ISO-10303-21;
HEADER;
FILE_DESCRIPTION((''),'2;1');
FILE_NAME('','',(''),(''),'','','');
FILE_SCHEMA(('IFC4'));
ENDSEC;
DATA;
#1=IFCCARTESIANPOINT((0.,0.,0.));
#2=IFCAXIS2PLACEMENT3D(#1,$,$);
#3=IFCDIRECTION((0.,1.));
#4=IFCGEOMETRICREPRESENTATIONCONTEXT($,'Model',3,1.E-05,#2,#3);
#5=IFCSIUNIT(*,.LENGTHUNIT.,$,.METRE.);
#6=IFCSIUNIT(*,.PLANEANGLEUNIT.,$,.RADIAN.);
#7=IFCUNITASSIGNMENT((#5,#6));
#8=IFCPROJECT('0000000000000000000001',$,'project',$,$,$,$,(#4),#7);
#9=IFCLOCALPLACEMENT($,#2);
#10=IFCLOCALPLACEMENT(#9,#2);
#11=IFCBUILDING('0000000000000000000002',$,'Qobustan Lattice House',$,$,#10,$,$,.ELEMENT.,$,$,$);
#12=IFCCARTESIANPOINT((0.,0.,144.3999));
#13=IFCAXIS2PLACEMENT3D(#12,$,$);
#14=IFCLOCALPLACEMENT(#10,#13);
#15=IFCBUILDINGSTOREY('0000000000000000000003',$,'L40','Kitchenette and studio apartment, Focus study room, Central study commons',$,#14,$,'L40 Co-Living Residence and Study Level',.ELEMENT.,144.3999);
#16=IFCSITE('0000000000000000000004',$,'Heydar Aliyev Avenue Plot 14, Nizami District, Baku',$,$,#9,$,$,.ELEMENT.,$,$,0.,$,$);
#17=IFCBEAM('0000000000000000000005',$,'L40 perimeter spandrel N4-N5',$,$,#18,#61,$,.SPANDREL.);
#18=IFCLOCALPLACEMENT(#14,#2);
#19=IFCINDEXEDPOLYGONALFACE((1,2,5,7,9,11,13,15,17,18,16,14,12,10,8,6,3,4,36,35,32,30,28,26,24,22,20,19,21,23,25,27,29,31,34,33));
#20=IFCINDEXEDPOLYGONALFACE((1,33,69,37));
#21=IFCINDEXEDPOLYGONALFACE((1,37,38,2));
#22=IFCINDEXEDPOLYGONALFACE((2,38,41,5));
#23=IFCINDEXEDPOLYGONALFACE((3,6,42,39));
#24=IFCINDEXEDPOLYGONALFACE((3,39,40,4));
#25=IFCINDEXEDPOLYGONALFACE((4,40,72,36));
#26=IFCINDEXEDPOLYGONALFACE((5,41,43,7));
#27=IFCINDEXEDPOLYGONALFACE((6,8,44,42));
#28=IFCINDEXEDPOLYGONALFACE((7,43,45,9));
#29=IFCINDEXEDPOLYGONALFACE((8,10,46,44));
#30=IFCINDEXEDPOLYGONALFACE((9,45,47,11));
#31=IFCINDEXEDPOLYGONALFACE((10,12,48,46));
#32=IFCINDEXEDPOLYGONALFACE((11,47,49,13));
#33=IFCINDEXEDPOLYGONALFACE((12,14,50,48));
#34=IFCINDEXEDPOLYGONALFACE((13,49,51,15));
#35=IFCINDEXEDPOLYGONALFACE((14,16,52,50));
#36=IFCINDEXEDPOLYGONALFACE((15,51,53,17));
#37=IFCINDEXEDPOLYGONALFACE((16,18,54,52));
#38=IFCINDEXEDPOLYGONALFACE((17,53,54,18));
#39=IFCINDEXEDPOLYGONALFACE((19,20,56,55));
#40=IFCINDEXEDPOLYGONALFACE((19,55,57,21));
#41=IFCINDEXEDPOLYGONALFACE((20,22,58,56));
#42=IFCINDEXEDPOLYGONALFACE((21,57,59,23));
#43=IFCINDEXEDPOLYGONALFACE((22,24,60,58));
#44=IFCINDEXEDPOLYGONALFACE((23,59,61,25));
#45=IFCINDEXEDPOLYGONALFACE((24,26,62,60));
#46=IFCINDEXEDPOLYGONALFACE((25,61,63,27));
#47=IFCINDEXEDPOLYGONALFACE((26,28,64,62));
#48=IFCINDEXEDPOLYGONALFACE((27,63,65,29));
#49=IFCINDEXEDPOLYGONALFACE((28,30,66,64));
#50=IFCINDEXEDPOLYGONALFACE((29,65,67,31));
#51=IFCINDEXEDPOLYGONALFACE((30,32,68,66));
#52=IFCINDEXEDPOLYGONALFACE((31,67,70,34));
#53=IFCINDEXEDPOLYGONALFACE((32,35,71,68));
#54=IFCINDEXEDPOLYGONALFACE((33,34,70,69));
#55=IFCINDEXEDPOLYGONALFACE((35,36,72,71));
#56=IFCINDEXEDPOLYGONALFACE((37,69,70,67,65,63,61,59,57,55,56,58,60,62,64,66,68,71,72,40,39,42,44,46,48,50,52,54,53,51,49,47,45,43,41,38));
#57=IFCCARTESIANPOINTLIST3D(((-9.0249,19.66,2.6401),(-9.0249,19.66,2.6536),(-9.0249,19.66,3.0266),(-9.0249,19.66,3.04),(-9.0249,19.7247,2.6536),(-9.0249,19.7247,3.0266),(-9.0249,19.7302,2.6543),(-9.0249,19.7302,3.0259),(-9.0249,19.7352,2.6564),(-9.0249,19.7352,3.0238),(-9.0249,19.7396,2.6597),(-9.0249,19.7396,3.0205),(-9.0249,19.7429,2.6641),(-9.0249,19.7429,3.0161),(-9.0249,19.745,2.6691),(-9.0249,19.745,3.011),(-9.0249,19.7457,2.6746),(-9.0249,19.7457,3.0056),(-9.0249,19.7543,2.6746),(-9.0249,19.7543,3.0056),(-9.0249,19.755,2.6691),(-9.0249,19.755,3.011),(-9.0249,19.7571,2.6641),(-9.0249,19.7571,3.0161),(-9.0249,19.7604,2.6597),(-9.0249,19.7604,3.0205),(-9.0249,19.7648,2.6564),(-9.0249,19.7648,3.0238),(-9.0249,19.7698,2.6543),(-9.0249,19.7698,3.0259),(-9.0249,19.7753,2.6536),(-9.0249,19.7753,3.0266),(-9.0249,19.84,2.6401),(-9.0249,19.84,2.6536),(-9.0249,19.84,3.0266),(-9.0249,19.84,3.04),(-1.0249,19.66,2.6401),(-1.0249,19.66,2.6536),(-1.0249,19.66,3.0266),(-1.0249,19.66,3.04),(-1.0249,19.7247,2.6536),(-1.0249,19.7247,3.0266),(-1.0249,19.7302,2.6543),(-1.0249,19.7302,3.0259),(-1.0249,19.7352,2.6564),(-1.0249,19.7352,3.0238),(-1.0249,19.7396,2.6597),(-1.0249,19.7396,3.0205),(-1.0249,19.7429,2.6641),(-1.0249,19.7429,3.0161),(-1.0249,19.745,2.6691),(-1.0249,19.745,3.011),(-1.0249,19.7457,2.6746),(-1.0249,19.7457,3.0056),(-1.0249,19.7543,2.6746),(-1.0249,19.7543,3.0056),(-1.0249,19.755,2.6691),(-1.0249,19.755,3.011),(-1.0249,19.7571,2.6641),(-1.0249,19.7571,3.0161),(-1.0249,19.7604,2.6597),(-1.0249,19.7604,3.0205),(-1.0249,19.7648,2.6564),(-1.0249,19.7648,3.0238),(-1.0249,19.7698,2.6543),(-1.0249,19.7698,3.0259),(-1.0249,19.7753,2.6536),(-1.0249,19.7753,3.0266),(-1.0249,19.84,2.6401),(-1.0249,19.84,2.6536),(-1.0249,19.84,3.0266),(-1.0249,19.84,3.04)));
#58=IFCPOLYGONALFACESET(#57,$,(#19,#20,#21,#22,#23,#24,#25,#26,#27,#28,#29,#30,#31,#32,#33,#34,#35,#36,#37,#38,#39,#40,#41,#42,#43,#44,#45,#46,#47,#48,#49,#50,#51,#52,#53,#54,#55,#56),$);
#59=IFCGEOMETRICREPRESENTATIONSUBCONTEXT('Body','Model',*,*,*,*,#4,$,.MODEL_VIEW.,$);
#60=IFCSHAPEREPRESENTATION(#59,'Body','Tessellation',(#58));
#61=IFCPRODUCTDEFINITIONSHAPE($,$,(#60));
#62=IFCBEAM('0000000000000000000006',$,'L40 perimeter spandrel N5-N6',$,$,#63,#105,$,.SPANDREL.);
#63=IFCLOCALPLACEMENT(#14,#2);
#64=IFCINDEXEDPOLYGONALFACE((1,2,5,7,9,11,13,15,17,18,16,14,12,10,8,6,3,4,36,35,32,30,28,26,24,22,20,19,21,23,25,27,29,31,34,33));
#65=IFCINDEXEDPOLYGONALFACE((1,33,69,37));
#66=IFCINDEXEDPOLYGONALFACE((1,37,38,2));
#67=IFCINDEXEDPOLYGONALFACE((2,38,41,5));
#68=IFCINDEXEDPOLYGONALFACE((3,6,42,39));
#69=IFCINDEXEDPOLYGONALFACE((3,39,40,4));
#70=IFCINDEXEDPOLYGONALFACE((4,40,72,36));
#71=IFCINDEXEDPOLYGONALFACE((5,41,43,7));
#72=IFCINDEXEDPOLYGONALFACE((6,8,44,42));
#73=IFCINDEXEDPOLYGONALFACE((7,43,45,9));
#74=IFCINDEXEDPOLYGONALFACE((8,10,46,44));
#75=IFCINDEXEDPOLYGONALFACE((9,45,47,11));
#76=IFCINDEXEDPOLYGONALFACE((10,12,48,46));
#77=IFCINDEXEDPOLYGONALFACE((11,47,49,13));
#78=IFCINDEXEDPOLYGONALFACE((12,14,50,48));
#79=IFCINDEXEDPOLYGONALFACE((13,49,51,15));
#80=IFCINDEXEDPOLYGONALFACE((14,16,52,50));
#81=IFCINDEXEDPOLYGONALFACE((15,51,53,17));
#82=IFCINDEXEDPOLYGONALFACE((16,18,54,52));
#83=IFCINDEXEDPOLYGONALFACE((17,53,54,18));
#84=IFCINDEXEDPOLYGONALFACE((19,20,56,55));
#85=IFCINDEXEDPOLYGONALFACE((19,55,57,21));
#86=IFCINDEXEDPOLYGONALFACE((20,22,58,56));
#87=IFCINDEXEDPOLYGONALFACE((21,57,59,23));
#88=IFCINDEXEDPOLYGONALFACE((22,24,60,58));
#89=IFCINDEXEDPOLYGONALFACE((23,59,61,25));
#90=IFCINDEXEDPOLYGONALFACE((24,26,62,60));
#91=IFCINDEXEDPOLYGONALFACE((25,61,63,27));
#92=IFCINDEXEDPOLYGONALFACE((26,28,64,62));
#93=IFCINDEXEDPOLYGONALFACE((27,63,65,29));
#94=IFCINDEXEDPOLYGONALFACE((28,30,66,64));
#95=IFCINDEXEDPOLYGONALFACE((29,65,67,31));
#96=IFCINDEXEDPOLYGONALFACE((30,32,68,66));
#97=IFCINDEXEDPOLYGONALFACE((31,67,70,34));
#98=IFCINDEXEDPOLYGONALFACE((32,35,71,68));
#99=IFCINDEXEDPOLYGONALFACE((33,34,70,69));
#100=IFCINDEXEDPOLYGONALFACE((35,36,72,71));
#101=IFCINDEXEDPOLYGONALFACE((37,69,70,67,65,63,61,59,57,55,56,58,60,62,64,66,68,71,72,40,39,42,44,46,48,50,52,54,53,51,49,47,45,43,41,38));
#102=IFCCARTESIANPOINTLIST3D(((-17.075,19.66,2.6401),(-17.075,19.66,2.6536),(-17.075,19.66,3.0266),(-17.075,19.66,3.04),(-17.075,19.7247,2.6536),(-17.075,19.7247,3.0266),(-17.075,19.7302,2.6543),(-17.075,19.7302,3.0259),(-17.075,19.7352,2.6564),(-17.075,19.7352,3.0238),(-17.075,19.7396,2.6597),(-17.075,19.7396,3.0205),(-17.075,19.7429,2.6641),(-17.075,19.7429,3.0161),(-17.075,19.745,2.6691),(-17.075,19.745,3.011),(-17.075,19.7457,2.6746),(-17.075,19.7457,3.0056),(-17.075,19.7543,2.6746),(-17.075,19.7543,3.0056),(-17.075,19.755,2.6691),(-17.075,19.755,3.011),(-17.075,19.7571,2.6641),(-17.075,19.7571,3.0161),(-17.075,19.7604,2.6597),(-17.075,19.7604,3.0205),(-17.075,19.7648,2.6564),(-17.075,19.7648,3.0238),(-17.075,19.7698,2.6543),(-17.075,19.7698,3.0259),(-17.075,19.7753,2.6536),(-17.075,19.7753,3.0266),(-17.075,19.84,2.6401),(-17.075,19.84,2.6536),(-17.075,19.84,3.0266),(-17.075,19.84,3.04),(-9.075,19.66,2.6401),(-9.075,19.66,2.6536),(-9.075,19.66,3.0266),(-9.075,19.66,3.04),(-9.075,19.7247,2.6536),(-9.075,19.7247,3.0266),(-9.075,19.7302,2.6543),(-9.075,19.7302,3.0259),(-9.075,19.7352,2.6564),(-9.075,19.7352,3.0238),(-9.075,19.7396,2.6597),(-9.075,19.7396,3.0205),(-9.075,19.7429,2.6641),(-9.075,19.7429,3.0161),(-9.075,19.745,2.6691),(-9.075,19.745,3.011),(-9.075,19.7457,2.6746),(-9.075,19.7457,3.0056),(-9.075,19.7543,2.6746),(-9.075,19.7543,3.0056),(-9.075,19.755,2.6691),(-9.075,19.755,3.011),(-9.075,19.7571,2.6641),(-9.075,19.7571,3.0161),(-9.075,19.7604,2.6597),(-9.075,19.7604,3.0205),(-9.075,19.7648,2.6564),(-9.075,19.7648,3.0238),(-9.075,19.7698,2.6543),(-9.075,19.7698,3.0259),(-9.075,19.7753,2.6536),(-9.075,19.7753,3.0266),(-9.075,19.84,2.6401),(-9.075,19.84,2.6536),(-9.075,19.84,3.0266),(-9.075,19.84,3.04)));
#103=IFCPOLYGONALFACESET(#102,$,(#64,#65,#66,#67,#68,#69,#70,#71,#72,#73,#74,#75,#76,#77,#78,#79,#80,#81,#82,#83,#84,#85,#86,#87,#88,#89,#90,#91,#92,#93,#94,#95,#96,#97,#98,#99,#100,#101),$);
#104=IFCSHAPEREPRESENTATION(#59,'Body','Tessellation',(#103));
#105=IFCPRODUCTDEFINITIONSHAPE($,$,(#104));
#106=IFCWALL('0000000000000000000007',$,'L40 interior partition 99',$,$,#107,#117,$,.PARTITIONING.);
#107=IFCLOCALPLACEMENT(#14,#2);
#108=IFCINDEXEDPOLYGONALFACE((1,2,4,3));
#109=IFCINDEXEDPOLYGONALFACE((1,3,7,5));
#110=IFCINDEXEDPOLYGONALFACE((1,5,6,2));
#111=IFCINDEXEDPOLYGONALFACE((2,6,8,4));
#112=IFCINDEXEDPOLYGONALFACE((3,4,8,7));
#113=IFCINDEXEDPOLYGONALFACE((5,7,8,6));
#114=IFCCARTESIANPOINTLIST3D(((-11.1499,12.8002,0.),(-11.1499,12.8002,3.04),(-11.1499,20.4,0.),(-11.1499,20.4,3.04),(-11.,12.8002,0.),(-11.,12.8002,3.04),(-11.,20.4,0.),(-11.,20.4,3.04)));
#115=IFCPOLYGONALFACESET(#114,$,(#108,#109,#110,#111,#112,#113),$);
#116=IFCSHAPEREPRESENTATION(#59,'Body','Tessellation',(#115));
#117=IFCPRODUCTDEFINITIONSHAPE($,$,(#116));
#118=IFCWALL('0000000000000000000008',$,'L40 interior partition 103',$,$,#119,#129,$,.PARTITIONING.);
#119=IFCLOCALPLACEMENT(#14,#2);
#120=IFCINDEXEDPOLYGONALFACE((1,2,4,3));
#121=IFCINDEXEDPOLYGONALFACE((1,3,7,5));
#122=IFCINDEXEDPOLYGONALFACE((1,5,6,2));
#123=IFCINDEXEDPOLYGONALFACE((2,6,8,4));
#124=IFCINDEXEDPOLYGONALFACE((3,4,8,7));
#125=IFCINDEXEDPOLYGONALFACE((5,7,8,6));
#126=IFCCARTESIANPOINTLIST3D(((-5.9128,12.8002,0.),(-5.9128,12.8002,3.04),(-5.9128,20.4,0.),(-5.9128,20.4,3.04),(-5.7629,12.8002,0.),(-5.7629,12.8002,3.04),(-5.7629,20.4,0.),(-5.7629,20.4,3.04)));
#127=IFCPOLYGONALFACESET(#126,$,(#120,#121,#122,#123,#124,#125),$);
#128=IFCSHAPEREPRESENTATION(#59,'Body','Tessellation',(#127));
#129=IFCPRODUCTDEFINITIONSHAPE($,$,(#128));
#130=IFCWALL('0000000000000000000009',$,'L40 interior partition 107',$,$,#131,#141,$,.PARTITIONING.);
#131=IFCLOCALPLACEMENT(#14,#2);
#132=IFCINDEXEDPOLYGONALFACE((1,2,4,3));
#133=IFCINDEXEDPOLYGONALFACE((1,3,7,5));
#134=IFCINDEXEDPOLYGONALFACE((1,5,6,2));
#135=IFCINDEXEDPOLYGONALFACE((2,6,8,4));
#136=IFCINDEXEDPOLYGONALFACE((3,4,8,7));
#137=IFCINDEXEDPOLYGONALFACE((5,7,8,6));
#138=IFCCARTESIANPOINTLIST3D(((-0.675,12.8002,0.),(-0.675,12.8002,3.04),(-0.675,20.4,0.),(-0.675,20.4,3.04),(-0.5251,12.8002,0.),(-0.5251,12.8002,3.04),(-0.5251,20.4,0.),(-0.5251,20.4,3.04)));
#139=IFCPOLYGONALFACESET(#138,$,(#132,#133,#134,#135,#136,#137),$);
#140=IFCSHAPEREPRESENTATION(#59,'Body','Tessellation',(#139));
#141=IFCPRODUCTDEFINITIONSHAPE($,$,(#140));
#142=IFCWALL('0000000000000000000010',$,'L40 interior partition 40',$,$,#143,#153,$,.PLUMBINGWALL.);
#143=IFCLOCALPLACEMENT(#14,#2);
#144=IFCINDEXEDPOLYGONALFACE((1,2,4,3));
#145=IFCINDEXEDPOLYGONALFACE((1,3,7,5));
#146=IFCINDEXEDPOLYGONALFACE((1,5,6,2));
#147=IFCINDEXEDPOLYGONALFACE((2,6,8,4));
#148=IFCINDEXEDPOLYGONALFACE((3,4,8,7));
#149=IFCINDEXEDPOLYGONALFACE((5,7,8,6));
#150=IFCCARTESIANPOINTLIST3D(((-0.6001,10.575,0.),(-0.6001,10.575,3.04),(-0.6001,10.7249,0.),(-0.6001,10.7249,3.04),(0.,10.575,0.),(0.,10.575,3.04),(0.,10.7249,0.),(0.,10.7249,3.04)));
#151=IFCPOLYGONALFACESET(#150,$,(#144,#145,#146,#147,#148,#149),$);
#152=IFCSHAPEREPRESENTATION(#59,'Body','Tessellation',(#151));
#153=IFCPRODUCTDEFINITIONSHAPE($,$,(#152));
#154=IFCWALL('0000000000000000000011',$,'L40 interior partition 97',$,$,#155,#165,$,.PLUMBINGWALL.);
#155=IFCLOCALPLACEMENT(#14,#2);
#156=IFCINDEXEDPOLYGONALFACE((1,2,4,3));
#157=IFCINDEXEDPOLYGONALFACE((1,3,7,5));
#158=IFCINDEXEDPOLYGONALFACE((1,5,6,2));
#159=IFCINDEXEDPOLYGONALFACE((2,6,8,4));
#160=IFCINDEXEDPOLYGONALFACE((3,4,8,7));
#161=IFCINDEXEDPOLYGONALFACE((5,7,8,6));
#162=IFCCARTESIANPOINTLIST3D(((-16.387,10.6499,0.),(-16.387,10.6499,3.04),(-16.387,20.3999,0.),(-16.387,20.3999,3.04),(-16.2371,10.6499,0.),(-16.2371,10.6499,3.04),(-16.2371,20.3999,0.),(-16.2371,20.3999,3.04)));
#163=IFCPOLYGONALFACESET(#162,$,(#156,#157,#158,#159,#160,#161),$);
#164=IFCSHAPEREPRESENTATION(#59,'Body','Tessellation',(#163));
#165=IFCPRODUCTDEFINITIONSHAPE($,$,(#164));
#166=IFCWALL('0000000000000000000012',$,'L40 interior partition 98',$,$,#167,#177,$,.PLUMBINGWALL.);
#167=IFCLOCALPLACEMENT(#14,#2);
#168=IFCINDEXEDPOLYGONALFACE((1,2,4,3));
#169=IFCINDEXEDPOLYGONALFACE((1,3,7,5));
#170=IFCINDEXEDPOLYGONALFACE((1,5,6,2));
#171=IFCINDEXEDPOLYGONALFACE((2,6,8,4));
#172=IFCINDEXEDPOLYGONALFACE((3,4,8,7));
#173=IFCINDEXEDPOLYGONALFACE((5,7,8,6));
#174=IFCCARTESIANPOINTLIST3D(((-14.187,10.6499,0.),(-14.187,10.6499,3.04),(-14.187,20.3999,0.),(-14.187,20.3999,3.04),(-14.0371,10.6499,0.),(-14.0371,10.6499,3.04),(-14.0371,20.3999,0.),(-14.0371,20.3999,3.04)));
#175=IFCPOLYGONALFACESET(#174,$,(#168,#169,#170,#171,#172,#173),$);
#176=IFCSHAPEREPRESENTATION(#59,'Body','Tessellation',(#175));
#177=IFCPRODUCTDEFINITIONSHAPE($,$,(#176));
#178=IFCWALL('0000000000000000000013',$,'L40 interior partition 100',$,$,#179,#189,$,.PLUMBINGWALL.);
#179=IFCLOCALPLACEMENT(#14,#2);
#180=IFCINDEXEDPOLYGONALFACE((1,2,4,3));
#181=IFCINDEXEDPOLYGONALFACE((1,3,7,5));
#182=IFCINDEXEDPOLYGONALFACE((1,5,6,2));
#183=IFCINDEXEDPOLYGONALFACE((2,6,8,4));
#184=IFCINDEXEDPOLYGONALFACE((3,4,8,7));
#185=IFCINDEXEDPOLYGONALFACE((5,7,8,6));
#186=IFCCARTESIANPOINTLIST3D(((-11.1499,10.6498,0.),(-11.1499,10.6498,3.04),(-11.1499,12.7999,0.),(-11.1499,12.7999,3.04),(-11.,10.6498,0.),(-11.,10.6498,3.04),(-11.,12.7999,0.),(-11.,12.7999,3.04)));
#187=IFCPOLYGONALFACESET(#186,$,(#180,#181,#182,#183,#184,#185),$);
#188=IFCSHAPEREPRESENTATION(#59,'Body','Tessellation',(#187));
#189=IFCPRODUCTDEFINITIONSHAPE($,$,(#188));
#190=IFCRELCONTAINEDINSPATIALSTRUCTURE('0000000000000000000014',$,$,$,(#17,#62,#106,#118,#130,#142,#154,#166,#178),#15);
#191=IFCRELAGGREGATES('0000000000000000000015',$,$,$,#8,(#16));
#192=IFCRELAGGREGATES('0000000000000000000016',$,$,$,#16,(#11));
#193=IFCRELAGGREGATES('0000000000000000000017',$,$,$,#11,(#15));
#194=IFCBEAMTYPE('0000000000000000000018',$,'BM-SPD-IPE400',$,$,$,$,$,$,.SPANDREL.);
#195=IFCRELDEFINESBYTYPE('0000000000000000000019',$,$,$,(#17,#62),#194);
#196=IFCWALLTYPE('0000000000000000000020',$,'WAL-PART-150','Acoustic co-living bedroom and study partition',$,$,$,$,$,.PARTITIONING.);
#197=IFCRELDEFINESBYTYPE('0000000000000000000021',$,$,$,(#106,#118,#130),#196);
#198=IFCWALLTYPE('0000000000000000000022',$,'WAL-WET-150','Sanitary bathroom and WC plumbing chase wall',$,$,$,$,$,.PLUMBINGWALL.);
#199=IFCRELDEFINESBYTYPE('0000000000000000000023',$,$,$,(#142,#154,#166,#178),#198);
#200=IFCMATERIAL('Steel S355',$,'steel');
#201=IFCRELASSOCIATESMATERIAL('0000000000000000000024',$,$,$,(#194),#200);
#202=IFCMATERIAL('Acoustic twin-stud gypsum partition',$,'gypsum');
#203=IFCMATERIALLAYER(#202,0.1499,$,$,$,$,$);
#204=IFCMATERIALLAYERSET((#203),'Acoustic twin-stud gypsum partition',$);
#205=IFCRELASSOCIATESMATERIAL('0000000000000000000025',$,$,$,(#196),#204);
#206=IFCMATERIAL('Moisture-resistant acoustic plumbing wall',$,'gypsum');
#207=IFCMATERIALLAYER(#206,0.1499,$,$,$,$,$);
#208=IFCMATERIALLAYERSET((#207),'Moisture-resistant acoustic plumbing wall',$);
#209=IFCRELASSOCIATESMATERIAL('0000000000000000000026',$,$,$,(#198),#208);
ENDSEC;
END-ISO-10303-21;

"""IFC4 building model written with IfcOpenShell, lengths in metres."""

from ifc_helpers import new_model, si_unit, direction, frame, frame_2d, origin, origin_2d, place, context, subcontext, project, spatial, rectangle, i_section, extrude, material, layer, layer_set, material_profile, profile_set, type_object, element, save


model = new_model("IFC4")

# Units and contexts
model_context = context("Model", 3, precision=1e-05, world=origin(), true_north=direction((0.0, 1.0)))
body_context = subcontext(model_context, "Body", "Model", "MODEL_VIEW")
ifc_project = project(units=[si_unit("LENGTHUNIT", "METRE"), si_unit("PLANEANGLEUNIT", "RADIAN")], contexts=[model_context])

# Site, building, storey
site_placement = place(None, origin())
site = spatial("IfcSite", under=ifc_project, at=site_placement, Name="Heydar Aliyev Avenue Plot 14, Nizami District, Baku", CompositionType="ELEMENT", RefElevation=0.0)
building_placement = place(site_placement, origin())
building = spatial("IfcBuilding", under=site, at=building_placement, Name="Qobustan Lattice House", CompositionType="ELEMENT")
storey_placement = place(building_placement, frame((0.0, 0.0, 144.3999)))
storey = spatial("IfcBuildingStorey", under=building, at=storey_placement, Name="L40", Description="Kitchenette and studio apartment, Focus study room, Central study commons", LongName="L40 Co-Living Residence and Study Level", CompositionType="ELEMENT", Elevation=144.3999)

# Beams
ifc_material_1 = material(Name="Steel S355", Category="steel")
ifc_material_profile_1 = material_profile(ifc_material_1, i_section(OverallWidth=0.1799, OverallDepth=0.3999, WebThickness=0.0085, FlangeThickness=0.0134, FilletRadius=0.021, at=origin_2d()), Name="IPE400")
ifc_profile_set_1 = profile_set([ifc_material_profile_1], Name="Steel S355")
beam_type_1 = type_object("IfcBeamType", Name="BM-SPD-IPE400", PredefinedType="SPANDREL", material=ifc_profile_set_1)
for number, where, z_axis, x_axis, name in (
    (1, (-1.0249, 19.75, 2.8401), (-1.0, 0.0, 0.0), (0.0, -1.0, 0.0), "L40 perimeter spandrel N4-N5"),
    (2, (-9.075, 19.75, 2.8401), (-1.0, 0.0, 0.0), (0.0, -1.0, 0.0), "L40 perimeter spandrel N5-N6"),
):
    element("IfcBeam", number, at=place(storey_placement, frame(where, z_axis=z_axis, x_axis=x_axis)), inside=storey, type_object=beam_type_1, Name=name, PredefinedType="SPANDREL", context=body_context, shape_type="SweptSolid", body=[
        extrude(i_section(OverallWidth=0.1799, OverallDepth=0.3999, WebThickness=0.0085, FlangeThickness=0.0134, FilletRadius=0.021, at=origin_2d()), origin(), (0.0, 0.0, 1.0), 8.0),
    ])

# Walls
ifc_material_2 = material(Name="Acoustic twin-stud gypsum partition", Category="gypsum")
ifc_layer_1 = layer(ifc_material_2, 0.1499)
ifc_layer_set_1 = layer_set([ifc_layer_1], Name="Acoustic twin-stud gypsum partition")
wall_type_1 = type_object("IfcWallType", Name="WAL-PART-150", Description="Acoustic co-living bedroom and study partition", PredefinedType="PARTITIONING", material=ifc_layer_set_1)
for number, where, z_axis, x_axis, name in (
    (3, (-11.075, 20.3999, 0.0), (0.0, 0.0, 1.0), (0.0, -1.0, 0.0), "L40 interior partition 99"),
    (4, (-5.8379, 20.3999, 0.0), (0.0, 0.0, 1.0), (0.0, -1.0, 0.0), "L40 interior partition 103"),
    (5, (-0.6001, 20.3999, 0.0), (0.0, 0.0, 1.0), (0.0, -1.0, 0.0), "L40 interior partition 107"),
):
    element("IfcWall", number, at=place(storey_placement, frame(where, z_axis=z_axis, x_axis=x_axis)), inside=storey, type_object=wall_type_1, Name=name, PredefinedType="PARTITIONING", context=body_context, shape_type="SweptSolid", body=[
        extrude(rectangle(XDim=7.5999, YDim=0.1499, at=frame_2d((3.7998, 0.0))), origin(), (0.0, 0.0, 1.0), 3.04),
    ])
ifc_material_3 = material(Name="Moisture-resistant acoustic plumbing wall", Category="gypsum")
ifc_layer_2 = layer(ifc_material_3, 0.1499)
ifc_layer_set_2 = layer_set([ifc_layer_2], Name="Moisture-resistant acoustic plumbing wall")
wall_type_2 = type_object("IfcWallType", Name="WAL-WET-150", Description="Sanitary bathroom and WC plumbing chase wall", PredefinedType="PLUMBINGWALL", material=ifc_layer_set_2)
wall_1_placement = place(storey_placement, frame((-0.6001, 10.6499, 0.0), z_axis=(0.0, 0.0, 1.0), x_axis=(1.0, 0.0, 0.0)))
element("IfcWall", 6, at=wall_1_placement, inside=storey, type_object=wall_type_2, Name="L40 interior partition 40", PredefinedType="PLUMBINGWALL", context=body_context, shape_type="SweptSolid", body=[
    extrude(rectangle(XDim=0.6001, YDim=0.1499, at=frame_2d((0.3, 0.0))), origin(), (0.0, 0.0, 1.0), 3.04),
])
for number, where, z_axis, x_axis, name in (
    (7, (-16.312, 20.3999, 0.0), (0.0, 0.0, 1.0), (0.0, -1.0, 0.0), "L40 interior partition 97"),
    (8, (-14.1121, 20.3999, 0.0), (0.0, 0.0, 1.0), (0.0, -1.0, 0.0), "L40 interior partition 98"),
):
    element("IfcWall", number, at=place(storey_placement, frame(where, z_axis=z_axis, x_axis=x_axis)), inside=storey, type_object=wall_type_2, Name=name, PredefinedType="PLUMBINGWALL", context=body_context, shape_type="SweptSolid", body=[
        extrude(rectangle(XDim=9.75, YDim=0.1499, at=frame_2d((4.875, 0.0))), origin(), (0.0, 0.0, 1.0), 3.04),
    ])
wall_2_placement = place(storey_placement, frame((-11.075, 12.8, 0.0), z_axis=(0.0, 0.0, 1.0), x_axis=(0.0, -1.0, 0.0)))
element("IfcWall", 9, at=wall_2_placement, inside=storey, type_object=wall_type_2, Name="L40 interior partition 100", PredefinedType="PLUMBINGWALL", context=body_context, shape_type="SweptSolid", body=[
    extrude(rectangle(XDim=2.1501, YDim=0.1499, at=frame_2d((1.0752, 0.0))), origin(), (0.0, 0.0, 1.0), 3.04),
])

save(model, "model.ifc")
